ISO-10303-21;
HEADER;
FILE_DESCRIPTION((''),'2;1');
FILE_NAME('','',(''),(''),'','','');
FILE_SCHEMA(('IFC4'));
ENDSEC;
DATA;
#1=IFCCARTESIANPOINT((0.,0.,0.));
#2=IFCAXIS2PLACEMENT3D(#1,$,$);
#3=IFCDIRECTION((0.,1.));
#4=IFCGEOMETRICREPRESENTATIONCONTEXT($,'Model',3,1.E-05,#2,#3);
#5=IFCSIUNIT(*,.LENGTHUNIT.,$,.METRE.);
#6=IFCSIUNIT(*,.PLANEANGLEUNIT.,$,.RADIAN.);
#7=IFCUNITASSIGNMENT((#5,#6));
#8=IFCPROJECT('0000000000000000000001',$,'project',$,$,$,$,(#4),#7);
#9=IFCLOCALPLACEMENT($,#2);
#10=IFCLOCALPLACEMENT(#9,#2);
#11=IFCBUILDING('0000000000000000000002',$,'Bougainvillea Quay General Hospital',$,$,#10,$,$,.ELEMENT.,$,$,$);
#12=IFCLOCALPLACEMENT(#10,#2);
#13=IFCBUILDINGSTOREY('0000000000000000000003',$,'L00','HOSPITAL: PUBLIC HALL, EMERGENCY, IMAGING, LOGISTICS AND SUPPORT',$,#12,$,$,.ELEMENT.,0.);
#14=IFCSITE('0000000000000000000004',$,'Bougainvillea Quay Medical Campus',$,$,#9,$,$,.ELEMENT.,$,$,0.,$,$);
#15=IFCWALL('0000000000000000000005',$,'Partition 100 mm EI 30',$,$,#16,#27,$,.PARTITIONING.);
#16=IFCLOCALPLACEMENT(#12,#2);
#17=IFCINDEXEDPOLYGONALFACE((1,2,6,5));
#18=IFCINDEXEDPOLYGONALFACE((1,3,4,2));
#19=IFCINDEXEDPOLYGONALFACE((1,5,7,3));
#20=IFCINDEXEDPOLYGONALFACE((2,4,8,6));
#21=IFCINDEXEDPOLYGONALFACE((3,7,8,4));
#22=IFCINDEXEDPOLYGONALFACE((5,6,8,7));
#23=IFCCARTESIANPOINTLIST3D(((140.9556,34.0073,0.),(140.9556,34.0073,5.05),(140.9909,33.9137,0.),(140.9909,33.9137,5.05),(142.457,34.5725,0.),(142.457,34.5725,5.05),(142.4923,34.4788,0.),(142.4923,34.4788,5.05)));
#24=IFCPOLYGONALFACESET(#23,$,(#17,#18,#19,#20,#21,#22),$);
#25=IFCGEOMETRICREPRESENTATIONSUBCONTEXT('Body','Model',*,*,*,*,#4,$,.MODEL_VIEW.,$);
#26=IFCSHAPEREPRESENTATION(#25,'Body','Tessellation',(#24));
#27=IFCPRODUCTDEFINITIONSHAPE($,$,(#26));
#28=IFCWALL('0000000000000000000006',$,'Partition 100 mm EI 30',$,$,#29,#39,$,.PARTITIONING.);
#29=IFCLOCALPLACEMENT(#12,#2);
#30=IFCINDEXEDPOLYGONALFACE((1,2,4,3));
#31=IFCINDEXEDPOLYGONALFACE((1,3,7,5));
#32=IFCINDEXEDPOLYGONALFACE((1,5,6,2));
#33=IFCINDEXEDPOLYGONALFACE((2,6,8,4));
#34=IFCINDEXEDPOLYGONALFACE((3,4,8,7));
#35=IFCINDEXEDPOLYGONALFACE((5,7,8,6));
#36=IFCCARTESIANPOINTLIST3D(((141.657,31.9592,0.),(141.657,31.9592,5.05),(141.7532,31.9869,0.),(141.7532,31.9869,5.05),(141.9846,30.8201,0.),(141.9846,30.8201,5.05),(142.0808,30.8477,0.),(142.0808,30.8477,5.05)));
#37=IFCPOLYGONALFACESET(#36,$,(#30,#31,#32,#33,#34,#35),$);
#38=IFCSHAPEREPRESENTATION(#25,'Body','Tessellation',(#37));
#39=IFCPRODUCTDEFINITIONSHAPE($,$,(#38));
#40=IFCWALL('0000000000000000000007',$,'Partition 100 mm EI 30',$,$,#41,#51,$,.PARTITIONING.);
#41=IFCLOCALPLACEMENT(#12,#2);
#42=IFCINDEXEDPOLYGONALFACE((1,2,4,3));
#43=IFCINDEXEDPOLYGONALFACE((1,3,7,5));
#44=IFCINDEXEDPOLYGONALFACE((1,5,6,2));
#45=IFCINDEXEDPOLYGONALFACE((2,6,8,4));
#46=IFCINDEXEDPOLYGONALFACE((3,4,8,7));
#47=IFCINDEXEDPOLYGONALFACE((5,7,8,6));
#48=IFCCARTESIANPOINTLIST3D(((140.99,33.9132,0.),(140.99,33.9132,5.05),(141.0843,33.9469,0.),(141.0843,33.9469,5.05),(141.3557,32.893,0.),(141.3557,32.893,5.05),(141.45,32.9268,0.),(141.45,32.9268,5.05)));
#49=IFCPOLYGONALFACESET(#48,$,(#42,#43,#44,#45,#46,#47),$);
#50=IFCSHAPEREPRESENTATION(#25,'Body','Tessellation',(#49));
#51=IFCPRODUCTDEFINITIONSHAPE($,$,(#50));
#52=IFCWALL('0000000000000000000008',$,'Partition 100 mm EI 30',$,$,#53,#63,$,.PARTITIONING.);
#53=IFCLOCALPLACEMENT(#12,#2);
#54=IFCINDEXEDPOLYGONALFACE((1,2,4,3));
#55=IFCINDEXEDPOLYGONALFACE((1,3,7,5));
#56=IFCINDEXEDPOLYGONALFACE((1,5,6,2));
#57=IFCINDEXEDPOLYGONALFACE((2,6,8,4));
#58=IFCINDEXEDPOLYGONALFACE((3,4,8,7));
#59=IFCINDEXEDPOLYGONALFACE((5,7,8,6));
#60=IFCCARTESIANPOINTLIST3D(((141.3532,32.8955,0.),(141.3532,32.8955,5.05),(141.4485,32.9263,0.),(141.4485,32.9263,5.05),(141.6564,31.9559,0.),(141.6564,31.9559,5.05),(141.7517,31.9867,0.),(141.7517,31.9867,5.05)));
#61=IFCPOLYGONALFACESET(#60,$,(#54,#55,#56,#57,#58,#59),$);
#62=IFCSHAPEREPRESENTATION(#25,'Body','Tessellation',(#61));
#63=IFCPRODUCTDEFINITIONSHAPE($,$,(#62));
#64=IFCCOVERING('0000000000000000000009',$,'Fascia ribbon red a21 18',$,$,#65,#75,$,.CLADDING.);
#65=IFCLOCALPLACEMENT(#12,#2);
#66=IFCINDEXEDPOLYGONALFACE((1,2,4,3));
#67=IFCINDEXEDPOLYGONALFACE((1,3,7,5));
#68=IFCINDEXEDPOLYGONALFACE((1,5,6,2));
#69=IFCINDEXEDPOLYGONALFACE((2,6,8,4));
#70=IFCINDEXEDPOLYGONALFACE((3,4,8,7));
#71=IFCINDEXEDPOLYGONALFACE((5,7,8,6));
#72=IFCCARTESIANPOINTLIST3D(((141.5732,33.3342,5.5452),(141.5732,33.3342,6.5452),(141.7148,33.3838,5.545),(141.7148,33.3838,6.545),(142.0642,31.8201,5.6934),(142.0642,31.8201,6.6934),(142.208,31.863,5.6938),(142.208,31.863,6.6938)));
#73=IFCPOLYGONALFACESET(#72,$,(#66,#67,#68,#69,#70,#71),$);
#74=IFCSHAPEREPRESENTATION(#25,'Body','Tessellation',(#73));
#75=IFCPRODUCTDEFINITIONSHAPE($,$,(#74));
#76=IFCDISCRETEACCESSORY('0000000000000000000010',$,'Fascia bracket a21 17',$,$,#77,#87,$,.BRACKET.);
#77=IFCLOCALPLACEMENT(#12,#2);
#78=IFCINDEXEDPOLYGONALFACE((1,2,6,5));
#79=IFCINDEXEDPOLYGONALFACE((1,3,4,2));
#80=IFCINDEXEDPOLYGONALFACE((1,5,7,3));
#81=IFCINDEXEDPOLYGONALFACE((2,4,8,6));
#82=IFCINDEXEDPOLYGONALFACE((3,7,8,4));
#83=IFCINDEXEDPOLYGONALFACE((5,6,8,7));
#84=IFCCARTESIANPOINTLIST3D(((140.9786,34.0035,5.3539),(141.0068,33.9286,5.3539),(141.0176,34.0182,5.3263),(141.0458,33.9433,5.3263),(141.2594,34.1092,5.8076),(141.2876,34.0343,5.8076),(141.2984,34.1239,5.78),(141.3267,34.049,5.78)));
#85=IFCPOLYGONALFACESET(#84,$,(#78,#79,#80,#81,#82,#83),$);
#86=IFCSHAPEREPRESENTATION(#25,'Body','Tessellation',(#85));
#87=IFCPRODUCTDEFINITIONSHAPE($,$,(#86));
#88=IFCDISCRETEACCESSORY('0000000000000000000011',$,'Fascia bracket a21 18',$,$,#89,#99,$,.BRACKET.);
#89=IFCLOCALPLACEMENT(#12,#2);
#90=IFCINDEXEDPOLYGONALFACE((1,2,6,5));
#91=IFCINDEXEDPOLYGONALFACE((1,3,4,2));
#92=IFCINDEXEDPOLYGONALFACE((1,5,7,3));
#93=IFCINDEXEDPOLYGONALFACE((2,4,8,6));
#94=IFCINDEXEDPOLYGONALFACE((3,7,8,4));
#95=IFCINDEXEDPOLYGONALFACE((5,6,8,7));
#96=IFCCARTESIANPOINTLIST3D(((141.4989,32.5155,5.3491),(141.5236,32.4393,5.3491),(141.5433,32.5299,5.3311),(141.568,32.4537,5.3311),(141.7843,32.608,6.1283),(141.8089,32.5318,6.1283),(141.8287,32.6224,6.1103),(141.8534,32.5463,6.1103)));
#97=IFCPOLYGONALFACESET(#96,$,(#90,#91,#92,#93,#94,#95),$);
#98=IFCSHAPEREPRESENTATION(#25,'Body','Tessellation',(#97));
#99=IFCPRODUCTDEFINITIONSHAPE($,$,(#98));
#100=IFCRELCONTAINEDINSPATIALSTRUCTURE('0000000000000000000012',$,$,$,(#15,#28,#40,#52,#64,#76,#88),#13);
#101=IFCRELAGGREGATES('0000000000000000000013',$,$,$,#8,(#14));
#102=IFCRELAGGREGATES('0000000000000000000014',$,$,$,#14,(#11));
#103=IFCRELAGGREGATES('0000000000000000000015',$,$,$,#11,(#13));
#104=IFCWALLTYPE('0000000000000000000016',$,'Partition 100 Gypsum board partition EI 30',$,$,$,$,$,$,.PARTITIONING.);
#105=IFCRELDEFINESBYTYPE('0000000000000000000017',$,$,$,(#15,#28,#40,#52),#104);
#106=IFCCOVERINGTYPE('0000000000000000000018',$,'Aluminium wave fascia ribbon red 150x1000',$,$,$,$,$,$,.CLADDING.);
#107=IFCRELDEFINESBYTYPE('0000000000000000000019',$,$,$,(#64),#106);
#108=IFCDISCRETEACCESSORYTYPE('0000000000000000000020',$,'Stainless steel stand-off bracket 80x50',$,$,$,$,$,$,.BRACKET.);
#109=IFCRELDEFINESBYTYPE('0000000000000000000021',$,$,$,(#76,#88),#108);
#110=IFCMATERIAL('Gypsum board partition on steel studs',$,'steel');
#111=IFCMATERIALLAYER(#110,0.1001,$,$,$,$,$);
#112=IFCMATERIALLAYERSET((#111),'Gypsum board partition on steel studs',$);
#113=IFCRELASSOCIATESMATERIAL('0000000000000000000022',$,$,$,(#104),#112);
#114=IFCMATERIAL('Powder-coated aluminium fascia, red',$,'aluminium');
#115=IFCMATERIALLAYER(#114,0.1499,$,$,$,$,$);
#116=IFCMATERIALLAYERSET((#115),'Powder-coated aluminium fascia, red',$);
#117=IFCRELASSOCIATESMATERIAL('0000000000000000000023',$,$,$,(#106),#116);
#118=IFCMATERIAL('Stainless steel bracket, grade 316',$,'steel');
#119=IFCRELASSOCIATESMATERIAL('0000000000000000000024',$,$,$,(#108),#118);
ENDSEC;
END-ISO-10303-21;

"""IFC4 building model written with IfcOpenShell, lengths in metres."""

from ifc_helpers import new_model, si_unit, direction, frame, frame_2d, origin, origin_2d, place, context, subcontext, project, spatial, polyline, rectangle, outline, extrude, material, layer, layer_set, material_profile, profile_set, type_object, element, save


model = new_model("IFC4")

# Units and contexts
model_context = context("Model", 3, precision=1e-05, world=origin(), true_north=direction((0.0, 1.0)))
body_context = subcontext(model_context, "Body", "Model", "MODEL_VIEW")
ifc_project = project(units=[si_unit("LENGTHUNIT", "METRE"), si_unit("PLANEANGLEUNIT", "RADIAN")], contexts=[model_context])

# Site, building, storey
site_placement = place(None, origin())
site = spatial("IfcSite", under=ifc_project, at=site_placement, Name="Bougainvillea Quay Medical Campus", CompositionType="ELEMENT", RefElevation=0.0)
building_placement = place(site_placement, origin())
building = spatial("IfcBuilding", under=site, at=building_placement, Name="Bougainvillea Quay General Hospital", CompositionType="ELEMENT")
storey_placement = place(building_placement, origin())
storey = spatial("IfcBuildingStorey", under=building, at=storey_placement, Name="L00", Description="HOSPITAL: PUBLIC HALL, EMERGENCY, IMAGING, LOGISTICS AND SUPPORT", CompositionType="ELEMENT", Elevation=0.0)

# Walls
ifc_material_1 = material(Name="Gypsum board partition on steel studs", Category="steel")
ifc_layer_1 = layer(ifc_material_1, 0.1001)
ifc_layer_set_1 = layer_set([ifc_layer_1], Name="Gypsum board partition on steel studs")
wall_type = type_object("IfcWallType", Name="Partition 100 Gypsum board partition EI 30", PredefinedType="PARTITIONING", material=ifc_layer_set_1)
wall_1_placement = place(storey_placement, frame((140.9731, 33.9604, 0.0), z_axis=(0.0, 0.0, 1.0), x_axis=(0.935891, 0.352291, 0.0)))
element("IfcWall", 1, at=wall_1_placement, inside=storey, type_object=wall_type, Name="Partition 100 mm EI 30", PredefinedType="PARTITIONING", context=body_context, shape_type="SweptSolid", body=[
    extrude(rectangle(XDim=1.6042, YDim=0.1001, at=frame_2d((0.8022, 0.0))), origin(), (0.0, 0.0, 1.0), 5.05),
])
wall_2_placement = place(storey_placement, frame((141.7051, 31.9731, 0.0), z_axis=(0.0, 0.0, 1.0), x_axis=(0.276407, -0.961041, 0.0)))
element("IfcWall", 2, at=wall_2_placement, inside=storey, type_object=wall_type, Name="Partition 100 mm EI 30", PredefinedType="PARTITIONING", context=body_context, shape_type="SweptSolid", body=[
    extrude(rectangle(XDim=1.1853, YDim=0.1001, at=frame_2d((0.5928, 0.0))), origin(), (0.0, 0.0, 1.0), 5.05),
])
wall_3_placement = place(storey_placement, frame((141.0371, 33.9302, 0.0), z_axis=(0.0, 0.0, 1.0), x_axis=(0.337435, -0.941349, 0.0)))
element("IfcWall", 3, at=wall_3_placement, inside=storey, type_object=wall_type, Name="Partition 100 mm EI 30", PredefinedType="PARTITIONING", context=body_context, shape_type="SweptSolid", body=[
    extrude(rectangle(XDim=1.0837, YDim=0.1001, at=frame_2d((0.542, 0.0))), origin(), (0.0, 0.0, 1.0), 5.05),
])
wall_4_placement = place(storey_placement, frame((141.4009, 32.9109, 0.0), z_axis=(0.0, 0.0, 1.0), x_axis=(0.307089, -0.951681, 0.0)))
element("IfcWall", 4, at=wall_4_placement, inside=storey, type_object=wall_type, Name="Partition 100 mm EI 30", PredefinedType="PARTITIONING", context=body_context, shape_type="SweptSolid", body=[
    extrude(rectangle(XDim=0.9873, YDim=0.1001, at=frame_2d((0.4937, 0.0))), origin(), (0.0, 0.0, 1.0), 5.05),
])

# Covering
ifc_material_2 = material(Name="Powder-coated aluminium fascia, red", Category="aluminium")
ifc_layer_2 = layer(ifc_material_2, 0.1499)
ifc_layer_set_2 = layer_set([ifc_layer_2], Name="Powder-coated aluminium fascia, red")
covering_type = type_object("IfcCoveringType", Name="Aluminium wave fascia ribbon red 150x1000", PredefinedType="CLADDING", material=ifc_layer_set_2)
covering_placement = place(storey_placement, frame((141.5732, 33.3342, 5.5452), z_axis=(-0.029368, 0.087956, 0.995691), x_axis=(0.307112, -0.947145, 0.092725)))
element("IfcCovering", 5, at=covering_placement, inside=storey, type_object=covering_type, Name="Fascia ribbon red a21 18", PredefinedType="CLADDING", context=body_context, shape_type="SweptSolid", body=[
    extrude(outline(polyline([(0.0, 0.0), (1.5987, 0.0), (1.6022, 0.15), (-0.0035, 0.15), (0.0, 0.0)])), origin(), (0.092725, 0.000803, 0.995691), 1.0),
])

# Discrete accessories
ifc_material_3 = material(Name="Stainless steel bracket, grade 316", Category="steel")
ifc_material_profile_1 = material_profile(ifc_material_3, rectangle(XDim=0.0801, YDim=0.05, at=origin_2d()))
ifc_profile_set_1 = profile_set([ifc_material_profile_1], Name="Stainless steel bracket, grade 316")
discrete_accessory_type = type_object("IfcDiscreteAccessoryType", Name="Stainless steel stand-off bracket 80x50", PredefinedType="BRACKET", material=ifc_profile_set_1)
discrete_accessory_1_placement = place(storey_placement, frame((141.0122, 33.9734, 5.3401), z_axis=(0.516253, 0.194381, 0.834086), x_axis=(-0.352372, 0.93586, 0.0)))
element("IfcDiscreteAccessory", 6, at=discrete_accessory_1_placement, inside=storey, type_object=discrete_accessory_type, Name="Fascia bracket a21 17", PredefinedType="BRACKET", context=body_context, shape_type="SweptSolid", body=[
    extrude(rectangle(XDim=0.0801, YDim=0.05, at=origin_2d()), origin(), (0.0, 0.0, 1.0), 0.5439),
])
discrete_accessory_2_placement = place(storey_placement, frame((141.5334, 32.4846, 5.3401), z_axis=(0.341774, 0.110806, 0.933227), x_axis=(-0.308405, 0.951255, 0.0)))
element("IfcDiscreteAccessory", 7, at=discrete_accessory_2_placement, inside=storey, type_object=discrete_accessory_type, Name="Fascia bracket a21 18", PredefinedType="BRACKET", context=body_context, shape_type="SweptSolid", body=[
    extrude(rectangle(XDim=0.0801, YDim=0.05, at=origin_2d()), origin(), (0.0, 0.0, 1.0), 0.835),
])

save(model, "model.ifc")
